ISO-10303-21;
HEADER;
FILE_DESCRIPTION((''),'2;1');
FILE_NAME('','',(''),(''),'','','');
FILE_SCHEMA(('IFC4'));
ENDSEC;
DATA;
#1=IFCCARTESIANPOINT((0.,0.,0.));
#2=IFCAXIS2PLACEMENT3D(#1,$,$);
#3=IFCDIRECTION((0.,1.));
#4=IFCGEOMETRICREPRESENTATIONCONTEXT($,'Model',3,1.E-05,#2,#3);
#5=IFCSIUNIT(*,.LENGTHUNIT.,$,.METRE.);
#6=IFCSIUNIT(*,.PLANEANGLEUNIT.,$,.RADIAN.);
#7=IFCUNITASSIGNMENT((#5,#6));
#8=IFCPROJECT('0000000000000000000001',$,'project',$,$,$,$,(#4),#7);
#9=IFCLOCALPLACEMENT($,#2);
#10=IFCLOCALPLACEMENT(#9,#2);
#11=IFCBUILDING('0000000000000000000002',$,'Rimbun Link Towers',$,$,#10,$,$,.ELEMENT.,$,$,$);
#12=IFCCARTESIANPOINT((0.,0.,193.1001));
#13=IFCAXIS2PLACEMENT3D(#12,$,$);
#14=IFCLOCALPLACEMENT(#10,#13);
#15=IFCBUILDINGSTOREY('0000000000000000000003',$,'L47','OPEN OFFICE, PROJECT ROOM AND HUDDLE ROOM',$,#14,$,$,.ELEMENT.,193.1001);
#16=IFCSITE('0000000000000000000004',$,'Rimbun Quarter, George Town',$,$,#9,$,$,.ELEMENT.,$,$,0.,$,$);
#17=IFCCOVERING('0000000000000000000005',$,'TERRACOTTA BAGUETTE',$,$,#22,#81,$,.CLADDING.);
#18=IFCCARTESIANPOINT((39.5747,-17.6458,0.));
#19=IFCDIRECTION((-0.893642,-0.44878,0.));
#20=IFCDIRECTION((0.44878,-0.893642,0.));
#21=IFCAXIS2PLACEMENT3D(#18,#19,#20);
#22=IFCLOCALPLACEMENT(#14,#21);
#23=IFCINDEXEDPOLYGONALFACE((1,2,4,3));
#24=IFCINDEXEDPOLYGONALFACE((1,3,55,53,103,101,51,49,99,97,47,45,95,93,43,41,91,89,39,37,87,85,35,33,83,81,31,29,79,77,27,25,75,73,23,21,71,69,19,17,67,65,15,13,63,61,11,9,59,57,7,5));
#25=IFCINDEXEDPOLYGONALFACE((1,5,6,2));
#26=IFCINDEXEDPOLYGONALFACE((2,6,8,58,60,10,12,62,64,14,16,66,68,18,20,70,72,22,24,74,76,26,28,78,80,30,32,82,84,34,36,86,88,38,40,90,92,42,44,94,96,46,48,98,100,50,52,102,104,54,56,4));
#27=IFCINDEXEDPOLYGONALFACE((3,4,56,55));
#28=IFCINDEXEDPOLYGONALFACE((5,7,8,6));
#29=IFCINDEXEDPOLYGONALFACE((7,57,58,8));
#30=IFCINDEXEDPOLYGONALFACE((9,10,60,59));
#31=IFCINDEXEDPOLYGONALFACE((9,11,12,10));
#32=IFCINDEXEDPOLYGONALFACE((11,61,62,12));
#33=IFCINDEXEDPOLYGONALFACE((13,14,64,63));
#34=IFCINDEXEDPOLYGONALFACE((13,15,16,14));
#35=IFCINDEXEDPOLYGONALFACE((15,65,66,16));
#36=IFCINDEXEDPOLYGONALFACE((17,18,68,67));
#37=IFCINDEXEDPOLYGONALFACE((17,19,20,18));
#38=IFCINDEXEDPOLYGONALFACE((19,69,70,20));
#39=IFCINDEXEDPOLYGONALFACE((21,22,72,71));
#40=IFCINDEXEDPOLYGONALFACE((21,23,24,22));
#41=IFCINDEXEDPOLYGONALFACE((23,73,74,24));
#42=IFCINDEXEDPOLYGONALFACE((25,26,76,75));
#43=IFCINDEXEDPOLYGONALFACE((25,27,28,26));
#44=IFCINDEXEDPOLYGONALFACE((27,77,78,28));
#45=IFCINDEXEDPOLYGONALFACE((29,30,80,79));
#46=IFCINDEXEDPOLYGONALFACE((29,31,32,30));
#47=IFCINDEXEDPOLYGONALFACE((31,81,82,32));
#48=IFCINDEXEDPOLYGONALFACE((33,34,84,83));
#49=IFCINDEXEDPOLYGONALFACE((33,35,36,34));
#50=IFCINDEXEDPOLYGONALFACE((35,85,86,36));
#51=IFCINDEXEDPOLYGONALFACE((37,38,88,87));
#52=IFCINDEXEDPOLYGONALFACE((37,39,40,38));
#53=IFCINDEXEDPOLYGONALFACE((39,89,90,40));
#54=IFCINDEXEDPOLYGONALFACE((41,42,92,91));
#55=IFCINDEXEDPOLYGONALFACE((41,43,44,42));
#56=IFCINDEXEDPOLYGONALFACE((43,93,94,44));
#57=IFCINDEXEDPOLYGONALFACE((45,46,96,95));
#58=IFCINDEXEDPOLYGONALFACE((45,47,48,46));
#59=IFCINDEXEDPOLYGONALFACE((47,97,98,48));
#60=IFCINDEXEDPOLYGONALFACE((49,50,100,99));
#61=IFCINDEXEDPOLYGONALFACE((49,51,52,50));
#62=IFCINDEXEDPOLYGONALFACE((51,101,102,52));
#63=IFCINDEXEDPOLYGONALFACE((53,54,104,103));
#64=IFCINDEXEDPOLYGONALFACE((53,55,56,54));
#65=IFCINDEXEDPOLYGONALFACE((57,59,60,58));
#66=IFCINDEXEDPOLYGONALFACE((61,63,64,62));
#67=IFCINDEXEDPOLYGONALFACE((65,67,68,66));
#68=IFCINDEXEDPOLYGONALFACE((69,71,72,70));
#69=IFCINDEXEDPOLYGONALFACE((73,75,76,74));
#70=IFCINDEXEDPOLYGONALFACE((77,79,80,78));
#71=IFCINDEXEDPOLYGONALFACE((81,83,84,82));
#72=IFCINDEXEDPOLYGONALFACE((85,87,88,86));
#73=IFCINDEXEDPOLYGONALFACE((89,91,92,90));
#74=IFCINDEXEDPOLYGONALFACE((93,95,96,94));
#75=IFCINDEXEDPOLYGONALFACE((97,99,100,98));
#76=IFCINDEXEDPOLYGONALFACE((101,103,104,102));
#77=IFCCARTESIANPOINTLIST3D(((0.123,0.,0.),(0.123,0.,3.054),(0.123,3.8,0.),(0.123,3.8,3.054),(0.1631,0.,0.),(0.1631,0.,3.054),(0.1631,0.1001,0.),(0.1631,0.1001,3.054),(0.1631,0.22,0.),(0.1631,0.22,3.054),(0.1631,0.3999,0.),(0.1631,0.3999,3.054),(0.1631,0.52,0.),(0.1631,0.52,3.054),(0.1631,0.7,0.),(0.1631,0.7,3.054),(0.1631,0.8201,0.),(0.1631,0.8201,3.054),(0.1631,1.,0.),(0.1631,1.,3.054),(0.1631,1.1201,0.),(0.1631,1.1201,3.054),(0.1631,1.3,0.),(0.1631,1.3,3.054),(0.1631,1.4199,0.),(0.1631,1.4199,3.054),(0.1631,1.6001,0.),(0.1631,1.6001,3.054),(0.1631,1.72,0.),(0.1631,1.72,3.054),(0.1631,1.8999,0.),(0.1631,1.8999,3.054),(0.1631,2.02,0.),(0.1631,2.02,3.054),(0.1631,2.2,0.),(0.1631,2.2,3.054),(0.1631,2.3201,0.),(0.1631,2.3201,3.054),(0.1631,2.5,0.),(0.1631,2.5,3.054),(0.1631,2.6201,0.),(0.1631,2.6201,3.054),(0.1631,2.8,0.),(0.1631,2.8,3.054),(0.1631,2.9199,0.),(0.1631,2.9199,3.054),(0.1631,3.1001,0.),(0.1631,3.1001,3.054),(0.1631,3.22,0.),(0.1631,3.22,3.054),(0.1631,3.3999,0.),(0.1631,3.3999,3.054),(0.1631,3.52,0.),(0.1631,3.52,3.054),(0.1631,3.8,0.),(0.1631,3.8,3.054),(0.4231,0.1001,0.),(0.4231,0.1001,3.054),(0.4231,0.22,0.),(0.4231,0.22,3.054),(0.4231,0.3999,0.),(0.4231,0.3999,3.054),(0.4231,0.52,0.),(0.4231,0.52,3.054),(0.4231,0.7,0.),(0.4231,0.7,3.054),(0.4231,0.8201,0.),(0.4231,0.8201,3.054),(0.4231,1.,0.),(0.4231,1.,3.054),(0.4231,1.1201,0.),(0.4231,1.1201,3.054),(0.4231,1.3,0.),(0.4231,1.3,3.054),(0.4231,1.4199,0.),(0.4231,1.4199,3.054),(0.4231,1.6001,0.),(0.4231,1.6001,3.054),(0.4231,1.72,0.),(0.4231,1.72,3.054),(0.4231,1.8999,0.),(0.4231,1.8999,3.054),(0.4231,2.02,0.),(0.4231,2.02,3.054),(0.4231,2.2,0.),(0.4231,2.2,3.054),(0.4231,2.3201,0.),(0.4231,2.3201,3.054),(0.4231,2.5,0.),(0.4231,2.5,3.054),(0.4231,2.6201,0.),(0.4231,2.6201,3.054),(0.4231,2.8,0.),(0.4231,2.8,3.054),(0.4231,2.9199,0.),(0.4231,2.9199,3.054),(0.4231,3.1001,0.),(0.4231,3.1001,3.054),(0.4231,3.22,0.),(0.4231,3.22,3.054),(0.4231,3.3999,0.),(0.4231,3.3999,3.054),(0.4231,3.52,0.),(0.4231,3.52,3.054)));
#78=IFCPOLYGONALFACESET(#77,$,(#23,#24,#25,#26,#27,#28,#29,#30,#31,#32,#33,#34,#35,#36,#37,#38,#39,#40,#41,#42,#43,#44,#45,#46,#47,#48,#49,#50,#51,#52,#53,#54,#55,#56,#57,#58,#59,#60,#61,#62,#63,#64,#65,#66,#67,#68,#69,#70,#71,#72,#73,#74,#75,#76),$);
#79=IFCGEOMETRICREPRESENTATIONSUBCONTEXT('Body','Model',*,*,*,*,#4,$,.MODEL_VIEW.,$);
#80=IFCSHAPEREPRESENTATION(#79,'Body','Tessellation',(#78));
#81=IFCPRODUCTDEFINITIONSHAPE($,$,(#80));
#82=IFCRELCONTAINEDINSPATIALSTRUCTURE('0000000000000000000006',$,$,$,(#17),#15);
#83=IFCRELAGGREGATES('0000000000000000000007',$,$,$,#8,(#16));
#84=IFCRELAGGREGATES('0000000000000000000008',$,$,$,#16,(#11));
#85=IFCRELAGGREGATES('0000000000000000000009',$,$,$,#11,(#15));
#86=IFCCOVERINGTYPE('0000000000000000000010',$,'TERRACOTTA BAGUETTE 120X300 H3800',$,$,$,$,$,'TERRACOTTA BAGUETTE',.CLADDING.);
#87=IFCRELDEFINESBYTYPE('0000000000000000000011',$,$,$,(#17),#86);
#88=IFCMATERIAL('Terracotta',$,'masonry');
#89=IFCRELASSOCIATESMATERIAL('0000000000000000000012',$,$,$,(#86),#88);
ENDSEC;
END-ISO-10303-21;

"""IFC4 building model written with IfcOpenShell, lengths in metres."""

from ifc_helpers import new_model, si_unit, direction, frame, origin, place, context, subcontext, project, spatial, polyline, outline, extrude, material, material_profile, profile_set, type_object, element, save


model = new_model("IFC4")

# Units and contexts
model_context = context("Model", 3, precision=1e-05, world=origin(), true_north=direction((0.0, 1.0)))
body_context = subcontext(model_context, "Body", "Model", "MODEL_VIEW")
ifc_project = project(units=[si_unit("LENGTHUNIT", "METRE"), si_unit("PLANEANGLEUNIT", "RADIAN")], contexts=[model_context])

# Site, building, storey
site_placement = place(None, origin())
site = spatial("IfcSite", under=ifc_project, at=site_placement, Name="Rimbun Quarter, George Town", CompositionType="ELEMENT", RefElevation=0.0)
building_placement = place(site_placement, origin())
building = spatial("IfcBuilding", under=site, at=building_placement, Name="Rimbun Link Towers", CompositionType="ELEMENT")
storey_placement = place(building_placement, frame((0.0, 0.0, 193.1001)))
storey = spatial("IfcBuildingStorey", under=building, at=storey_placement, Name="L47", Description="OPEN OFFICE, PROJECT ROOM AND HUDDLE ROOM", CompositionType="ELEMENT", Elevation=193.1001)

# Covering
ifc_material_1 = material(Name="Terracotta", Category="masonry")
ifc_material_profile_1 = material_profile(ifc_material_1, outline(polyline([(0.123, 0.0), (0.1631, 0.0), (0.1631, 0.1001), (0.4231, 0.1001), (0.4231, 0.22), (0.1631, 0.22), (0.1631, 0.3999), (0.4231, 0.3999), (0.4231, 0.52), (0.1631, 0.52), (0.1631, 0.7), (0.4231, 0.7), (0.4231, 0.8201), (0.1631, 0.8201), (0.1631, 1.0), (0.4231, 1.0), (0.4231, 1.1201), (0.1631, 1.1201), (0.1631, 1.3), (0.4231, 1.3), (0.4231, 1.4199), (0.1631, 1.4199), (0.1631, 1.6001), (0.4231, 1.6001), (0.4231, 1.72), (0.1631, 1.72), (0.1631, 1.8999), (0.4231, 1.8999), (0.4231, 2.02), (0.1631, 2.02), (0.1631, 2.2), (0.4231, 2.2), (0.4231, 2.3201), (0.1631, 2.3201), (0.1631, 2.5), (0.4231, 2.5), (0.4231, 2.6201), (0.1631, 2.6201), (0.1631, 2.8), (0.4231, 2.8), (0.4231, 2.9199), (0.1631, 2.9199), (0.1631, 3.1001), (0.4231, 3.1001), (0.4231, 3.22), (0.1631, 3.22), (0.1631, 3.3999), (0.4231, 3.3999), (0.4231, 3.52), (0.1631, 3.52), (0.1631, 3.8), (0.123, 3.8), (0.123, 0.0)])), Name="BAGUETTE 120X300")
ifc_profile_set_1 = profile_set([ifc_material_profile_1], Name="Terracotta")
covering_type = type_object("IfcCoveringType", Name="TERRACOTTA BAGUETTE 120X300 H3800", ElementType="TERRACOTTA BAGUETTE", PredefinedType="CLADDING", material=ifc_profile_set_1)
covering_placement = place(storey_placement, frame((39.5747, -17.6458, 0.0), z_axis=(-0.893642, -0.44878, 0.0), x_axis=(0.44878, -0.893642, 0.0)))
element("IfcCovering", 1, at=covering_placement, inside=storey, type_object=covering_type, Name="TERRACOTTA BAGUETTE", PredefinedType="CLADDING", context=body_context, shape_type="SweptSolid", body=[
    extrude(outline(polyline([(0.123, 0.0), (0.1631, 0.0), (0.1631, 0.1001), (0.4231, 0.1001), (0.4231, 0.22), (0.1631, 0.22), (0.1631, 0.3999), (0.4231, 0.3999), (0.4231, 0.52), (0.1631, 0.52), (0.1631, 0.7), (0.4231, 0.7), (0.4231, 0.8201), (0.1631, 0.8201), (0.1631, 1.0), (0.4231, 1.0), (0.4231, 1.1201), (0.1631, 1.1201), (0.1631, 1.3), (0.4231, 1.3), (0.4231, 1.4199), (0.1631, 1.4199), (0.1631, 1.6001), (0.4231, 1.6001), (0.4231, 1.72), (0.1631, 1.72), (0.1631, 1.8999), (0.4231, 1.8999), (0.4231, 2.02), (0.1631, 2.02), (0.1631, 2.2), (0.4231, 2.2), (0.4231, 2.3201), (0.1631, 2.3201), (0.1631, 2.5), (0.4231, 2.5), (0.4231, 2.6201), (0.1631, 2.6201), (0.1631, 2.8), (0.4231, 2.8), (0.4231, 2.9199), (0.1631, 2.9199), (0.1631, 3.1001), (0.4231, 3.1001), (0.4231, 3.22), (0.1631, 3.22), (0.1631, 3.3999), (0.4231, 3.3999), (0.4231, 3.52), (0.1631, 3.52), (0.1631, 3.8), (0.123, 3.8), (0.123, 0.0)])), origin(), (0.0, 0.0, 1.0), 3.054),
])

save(model, "model.ifc")
